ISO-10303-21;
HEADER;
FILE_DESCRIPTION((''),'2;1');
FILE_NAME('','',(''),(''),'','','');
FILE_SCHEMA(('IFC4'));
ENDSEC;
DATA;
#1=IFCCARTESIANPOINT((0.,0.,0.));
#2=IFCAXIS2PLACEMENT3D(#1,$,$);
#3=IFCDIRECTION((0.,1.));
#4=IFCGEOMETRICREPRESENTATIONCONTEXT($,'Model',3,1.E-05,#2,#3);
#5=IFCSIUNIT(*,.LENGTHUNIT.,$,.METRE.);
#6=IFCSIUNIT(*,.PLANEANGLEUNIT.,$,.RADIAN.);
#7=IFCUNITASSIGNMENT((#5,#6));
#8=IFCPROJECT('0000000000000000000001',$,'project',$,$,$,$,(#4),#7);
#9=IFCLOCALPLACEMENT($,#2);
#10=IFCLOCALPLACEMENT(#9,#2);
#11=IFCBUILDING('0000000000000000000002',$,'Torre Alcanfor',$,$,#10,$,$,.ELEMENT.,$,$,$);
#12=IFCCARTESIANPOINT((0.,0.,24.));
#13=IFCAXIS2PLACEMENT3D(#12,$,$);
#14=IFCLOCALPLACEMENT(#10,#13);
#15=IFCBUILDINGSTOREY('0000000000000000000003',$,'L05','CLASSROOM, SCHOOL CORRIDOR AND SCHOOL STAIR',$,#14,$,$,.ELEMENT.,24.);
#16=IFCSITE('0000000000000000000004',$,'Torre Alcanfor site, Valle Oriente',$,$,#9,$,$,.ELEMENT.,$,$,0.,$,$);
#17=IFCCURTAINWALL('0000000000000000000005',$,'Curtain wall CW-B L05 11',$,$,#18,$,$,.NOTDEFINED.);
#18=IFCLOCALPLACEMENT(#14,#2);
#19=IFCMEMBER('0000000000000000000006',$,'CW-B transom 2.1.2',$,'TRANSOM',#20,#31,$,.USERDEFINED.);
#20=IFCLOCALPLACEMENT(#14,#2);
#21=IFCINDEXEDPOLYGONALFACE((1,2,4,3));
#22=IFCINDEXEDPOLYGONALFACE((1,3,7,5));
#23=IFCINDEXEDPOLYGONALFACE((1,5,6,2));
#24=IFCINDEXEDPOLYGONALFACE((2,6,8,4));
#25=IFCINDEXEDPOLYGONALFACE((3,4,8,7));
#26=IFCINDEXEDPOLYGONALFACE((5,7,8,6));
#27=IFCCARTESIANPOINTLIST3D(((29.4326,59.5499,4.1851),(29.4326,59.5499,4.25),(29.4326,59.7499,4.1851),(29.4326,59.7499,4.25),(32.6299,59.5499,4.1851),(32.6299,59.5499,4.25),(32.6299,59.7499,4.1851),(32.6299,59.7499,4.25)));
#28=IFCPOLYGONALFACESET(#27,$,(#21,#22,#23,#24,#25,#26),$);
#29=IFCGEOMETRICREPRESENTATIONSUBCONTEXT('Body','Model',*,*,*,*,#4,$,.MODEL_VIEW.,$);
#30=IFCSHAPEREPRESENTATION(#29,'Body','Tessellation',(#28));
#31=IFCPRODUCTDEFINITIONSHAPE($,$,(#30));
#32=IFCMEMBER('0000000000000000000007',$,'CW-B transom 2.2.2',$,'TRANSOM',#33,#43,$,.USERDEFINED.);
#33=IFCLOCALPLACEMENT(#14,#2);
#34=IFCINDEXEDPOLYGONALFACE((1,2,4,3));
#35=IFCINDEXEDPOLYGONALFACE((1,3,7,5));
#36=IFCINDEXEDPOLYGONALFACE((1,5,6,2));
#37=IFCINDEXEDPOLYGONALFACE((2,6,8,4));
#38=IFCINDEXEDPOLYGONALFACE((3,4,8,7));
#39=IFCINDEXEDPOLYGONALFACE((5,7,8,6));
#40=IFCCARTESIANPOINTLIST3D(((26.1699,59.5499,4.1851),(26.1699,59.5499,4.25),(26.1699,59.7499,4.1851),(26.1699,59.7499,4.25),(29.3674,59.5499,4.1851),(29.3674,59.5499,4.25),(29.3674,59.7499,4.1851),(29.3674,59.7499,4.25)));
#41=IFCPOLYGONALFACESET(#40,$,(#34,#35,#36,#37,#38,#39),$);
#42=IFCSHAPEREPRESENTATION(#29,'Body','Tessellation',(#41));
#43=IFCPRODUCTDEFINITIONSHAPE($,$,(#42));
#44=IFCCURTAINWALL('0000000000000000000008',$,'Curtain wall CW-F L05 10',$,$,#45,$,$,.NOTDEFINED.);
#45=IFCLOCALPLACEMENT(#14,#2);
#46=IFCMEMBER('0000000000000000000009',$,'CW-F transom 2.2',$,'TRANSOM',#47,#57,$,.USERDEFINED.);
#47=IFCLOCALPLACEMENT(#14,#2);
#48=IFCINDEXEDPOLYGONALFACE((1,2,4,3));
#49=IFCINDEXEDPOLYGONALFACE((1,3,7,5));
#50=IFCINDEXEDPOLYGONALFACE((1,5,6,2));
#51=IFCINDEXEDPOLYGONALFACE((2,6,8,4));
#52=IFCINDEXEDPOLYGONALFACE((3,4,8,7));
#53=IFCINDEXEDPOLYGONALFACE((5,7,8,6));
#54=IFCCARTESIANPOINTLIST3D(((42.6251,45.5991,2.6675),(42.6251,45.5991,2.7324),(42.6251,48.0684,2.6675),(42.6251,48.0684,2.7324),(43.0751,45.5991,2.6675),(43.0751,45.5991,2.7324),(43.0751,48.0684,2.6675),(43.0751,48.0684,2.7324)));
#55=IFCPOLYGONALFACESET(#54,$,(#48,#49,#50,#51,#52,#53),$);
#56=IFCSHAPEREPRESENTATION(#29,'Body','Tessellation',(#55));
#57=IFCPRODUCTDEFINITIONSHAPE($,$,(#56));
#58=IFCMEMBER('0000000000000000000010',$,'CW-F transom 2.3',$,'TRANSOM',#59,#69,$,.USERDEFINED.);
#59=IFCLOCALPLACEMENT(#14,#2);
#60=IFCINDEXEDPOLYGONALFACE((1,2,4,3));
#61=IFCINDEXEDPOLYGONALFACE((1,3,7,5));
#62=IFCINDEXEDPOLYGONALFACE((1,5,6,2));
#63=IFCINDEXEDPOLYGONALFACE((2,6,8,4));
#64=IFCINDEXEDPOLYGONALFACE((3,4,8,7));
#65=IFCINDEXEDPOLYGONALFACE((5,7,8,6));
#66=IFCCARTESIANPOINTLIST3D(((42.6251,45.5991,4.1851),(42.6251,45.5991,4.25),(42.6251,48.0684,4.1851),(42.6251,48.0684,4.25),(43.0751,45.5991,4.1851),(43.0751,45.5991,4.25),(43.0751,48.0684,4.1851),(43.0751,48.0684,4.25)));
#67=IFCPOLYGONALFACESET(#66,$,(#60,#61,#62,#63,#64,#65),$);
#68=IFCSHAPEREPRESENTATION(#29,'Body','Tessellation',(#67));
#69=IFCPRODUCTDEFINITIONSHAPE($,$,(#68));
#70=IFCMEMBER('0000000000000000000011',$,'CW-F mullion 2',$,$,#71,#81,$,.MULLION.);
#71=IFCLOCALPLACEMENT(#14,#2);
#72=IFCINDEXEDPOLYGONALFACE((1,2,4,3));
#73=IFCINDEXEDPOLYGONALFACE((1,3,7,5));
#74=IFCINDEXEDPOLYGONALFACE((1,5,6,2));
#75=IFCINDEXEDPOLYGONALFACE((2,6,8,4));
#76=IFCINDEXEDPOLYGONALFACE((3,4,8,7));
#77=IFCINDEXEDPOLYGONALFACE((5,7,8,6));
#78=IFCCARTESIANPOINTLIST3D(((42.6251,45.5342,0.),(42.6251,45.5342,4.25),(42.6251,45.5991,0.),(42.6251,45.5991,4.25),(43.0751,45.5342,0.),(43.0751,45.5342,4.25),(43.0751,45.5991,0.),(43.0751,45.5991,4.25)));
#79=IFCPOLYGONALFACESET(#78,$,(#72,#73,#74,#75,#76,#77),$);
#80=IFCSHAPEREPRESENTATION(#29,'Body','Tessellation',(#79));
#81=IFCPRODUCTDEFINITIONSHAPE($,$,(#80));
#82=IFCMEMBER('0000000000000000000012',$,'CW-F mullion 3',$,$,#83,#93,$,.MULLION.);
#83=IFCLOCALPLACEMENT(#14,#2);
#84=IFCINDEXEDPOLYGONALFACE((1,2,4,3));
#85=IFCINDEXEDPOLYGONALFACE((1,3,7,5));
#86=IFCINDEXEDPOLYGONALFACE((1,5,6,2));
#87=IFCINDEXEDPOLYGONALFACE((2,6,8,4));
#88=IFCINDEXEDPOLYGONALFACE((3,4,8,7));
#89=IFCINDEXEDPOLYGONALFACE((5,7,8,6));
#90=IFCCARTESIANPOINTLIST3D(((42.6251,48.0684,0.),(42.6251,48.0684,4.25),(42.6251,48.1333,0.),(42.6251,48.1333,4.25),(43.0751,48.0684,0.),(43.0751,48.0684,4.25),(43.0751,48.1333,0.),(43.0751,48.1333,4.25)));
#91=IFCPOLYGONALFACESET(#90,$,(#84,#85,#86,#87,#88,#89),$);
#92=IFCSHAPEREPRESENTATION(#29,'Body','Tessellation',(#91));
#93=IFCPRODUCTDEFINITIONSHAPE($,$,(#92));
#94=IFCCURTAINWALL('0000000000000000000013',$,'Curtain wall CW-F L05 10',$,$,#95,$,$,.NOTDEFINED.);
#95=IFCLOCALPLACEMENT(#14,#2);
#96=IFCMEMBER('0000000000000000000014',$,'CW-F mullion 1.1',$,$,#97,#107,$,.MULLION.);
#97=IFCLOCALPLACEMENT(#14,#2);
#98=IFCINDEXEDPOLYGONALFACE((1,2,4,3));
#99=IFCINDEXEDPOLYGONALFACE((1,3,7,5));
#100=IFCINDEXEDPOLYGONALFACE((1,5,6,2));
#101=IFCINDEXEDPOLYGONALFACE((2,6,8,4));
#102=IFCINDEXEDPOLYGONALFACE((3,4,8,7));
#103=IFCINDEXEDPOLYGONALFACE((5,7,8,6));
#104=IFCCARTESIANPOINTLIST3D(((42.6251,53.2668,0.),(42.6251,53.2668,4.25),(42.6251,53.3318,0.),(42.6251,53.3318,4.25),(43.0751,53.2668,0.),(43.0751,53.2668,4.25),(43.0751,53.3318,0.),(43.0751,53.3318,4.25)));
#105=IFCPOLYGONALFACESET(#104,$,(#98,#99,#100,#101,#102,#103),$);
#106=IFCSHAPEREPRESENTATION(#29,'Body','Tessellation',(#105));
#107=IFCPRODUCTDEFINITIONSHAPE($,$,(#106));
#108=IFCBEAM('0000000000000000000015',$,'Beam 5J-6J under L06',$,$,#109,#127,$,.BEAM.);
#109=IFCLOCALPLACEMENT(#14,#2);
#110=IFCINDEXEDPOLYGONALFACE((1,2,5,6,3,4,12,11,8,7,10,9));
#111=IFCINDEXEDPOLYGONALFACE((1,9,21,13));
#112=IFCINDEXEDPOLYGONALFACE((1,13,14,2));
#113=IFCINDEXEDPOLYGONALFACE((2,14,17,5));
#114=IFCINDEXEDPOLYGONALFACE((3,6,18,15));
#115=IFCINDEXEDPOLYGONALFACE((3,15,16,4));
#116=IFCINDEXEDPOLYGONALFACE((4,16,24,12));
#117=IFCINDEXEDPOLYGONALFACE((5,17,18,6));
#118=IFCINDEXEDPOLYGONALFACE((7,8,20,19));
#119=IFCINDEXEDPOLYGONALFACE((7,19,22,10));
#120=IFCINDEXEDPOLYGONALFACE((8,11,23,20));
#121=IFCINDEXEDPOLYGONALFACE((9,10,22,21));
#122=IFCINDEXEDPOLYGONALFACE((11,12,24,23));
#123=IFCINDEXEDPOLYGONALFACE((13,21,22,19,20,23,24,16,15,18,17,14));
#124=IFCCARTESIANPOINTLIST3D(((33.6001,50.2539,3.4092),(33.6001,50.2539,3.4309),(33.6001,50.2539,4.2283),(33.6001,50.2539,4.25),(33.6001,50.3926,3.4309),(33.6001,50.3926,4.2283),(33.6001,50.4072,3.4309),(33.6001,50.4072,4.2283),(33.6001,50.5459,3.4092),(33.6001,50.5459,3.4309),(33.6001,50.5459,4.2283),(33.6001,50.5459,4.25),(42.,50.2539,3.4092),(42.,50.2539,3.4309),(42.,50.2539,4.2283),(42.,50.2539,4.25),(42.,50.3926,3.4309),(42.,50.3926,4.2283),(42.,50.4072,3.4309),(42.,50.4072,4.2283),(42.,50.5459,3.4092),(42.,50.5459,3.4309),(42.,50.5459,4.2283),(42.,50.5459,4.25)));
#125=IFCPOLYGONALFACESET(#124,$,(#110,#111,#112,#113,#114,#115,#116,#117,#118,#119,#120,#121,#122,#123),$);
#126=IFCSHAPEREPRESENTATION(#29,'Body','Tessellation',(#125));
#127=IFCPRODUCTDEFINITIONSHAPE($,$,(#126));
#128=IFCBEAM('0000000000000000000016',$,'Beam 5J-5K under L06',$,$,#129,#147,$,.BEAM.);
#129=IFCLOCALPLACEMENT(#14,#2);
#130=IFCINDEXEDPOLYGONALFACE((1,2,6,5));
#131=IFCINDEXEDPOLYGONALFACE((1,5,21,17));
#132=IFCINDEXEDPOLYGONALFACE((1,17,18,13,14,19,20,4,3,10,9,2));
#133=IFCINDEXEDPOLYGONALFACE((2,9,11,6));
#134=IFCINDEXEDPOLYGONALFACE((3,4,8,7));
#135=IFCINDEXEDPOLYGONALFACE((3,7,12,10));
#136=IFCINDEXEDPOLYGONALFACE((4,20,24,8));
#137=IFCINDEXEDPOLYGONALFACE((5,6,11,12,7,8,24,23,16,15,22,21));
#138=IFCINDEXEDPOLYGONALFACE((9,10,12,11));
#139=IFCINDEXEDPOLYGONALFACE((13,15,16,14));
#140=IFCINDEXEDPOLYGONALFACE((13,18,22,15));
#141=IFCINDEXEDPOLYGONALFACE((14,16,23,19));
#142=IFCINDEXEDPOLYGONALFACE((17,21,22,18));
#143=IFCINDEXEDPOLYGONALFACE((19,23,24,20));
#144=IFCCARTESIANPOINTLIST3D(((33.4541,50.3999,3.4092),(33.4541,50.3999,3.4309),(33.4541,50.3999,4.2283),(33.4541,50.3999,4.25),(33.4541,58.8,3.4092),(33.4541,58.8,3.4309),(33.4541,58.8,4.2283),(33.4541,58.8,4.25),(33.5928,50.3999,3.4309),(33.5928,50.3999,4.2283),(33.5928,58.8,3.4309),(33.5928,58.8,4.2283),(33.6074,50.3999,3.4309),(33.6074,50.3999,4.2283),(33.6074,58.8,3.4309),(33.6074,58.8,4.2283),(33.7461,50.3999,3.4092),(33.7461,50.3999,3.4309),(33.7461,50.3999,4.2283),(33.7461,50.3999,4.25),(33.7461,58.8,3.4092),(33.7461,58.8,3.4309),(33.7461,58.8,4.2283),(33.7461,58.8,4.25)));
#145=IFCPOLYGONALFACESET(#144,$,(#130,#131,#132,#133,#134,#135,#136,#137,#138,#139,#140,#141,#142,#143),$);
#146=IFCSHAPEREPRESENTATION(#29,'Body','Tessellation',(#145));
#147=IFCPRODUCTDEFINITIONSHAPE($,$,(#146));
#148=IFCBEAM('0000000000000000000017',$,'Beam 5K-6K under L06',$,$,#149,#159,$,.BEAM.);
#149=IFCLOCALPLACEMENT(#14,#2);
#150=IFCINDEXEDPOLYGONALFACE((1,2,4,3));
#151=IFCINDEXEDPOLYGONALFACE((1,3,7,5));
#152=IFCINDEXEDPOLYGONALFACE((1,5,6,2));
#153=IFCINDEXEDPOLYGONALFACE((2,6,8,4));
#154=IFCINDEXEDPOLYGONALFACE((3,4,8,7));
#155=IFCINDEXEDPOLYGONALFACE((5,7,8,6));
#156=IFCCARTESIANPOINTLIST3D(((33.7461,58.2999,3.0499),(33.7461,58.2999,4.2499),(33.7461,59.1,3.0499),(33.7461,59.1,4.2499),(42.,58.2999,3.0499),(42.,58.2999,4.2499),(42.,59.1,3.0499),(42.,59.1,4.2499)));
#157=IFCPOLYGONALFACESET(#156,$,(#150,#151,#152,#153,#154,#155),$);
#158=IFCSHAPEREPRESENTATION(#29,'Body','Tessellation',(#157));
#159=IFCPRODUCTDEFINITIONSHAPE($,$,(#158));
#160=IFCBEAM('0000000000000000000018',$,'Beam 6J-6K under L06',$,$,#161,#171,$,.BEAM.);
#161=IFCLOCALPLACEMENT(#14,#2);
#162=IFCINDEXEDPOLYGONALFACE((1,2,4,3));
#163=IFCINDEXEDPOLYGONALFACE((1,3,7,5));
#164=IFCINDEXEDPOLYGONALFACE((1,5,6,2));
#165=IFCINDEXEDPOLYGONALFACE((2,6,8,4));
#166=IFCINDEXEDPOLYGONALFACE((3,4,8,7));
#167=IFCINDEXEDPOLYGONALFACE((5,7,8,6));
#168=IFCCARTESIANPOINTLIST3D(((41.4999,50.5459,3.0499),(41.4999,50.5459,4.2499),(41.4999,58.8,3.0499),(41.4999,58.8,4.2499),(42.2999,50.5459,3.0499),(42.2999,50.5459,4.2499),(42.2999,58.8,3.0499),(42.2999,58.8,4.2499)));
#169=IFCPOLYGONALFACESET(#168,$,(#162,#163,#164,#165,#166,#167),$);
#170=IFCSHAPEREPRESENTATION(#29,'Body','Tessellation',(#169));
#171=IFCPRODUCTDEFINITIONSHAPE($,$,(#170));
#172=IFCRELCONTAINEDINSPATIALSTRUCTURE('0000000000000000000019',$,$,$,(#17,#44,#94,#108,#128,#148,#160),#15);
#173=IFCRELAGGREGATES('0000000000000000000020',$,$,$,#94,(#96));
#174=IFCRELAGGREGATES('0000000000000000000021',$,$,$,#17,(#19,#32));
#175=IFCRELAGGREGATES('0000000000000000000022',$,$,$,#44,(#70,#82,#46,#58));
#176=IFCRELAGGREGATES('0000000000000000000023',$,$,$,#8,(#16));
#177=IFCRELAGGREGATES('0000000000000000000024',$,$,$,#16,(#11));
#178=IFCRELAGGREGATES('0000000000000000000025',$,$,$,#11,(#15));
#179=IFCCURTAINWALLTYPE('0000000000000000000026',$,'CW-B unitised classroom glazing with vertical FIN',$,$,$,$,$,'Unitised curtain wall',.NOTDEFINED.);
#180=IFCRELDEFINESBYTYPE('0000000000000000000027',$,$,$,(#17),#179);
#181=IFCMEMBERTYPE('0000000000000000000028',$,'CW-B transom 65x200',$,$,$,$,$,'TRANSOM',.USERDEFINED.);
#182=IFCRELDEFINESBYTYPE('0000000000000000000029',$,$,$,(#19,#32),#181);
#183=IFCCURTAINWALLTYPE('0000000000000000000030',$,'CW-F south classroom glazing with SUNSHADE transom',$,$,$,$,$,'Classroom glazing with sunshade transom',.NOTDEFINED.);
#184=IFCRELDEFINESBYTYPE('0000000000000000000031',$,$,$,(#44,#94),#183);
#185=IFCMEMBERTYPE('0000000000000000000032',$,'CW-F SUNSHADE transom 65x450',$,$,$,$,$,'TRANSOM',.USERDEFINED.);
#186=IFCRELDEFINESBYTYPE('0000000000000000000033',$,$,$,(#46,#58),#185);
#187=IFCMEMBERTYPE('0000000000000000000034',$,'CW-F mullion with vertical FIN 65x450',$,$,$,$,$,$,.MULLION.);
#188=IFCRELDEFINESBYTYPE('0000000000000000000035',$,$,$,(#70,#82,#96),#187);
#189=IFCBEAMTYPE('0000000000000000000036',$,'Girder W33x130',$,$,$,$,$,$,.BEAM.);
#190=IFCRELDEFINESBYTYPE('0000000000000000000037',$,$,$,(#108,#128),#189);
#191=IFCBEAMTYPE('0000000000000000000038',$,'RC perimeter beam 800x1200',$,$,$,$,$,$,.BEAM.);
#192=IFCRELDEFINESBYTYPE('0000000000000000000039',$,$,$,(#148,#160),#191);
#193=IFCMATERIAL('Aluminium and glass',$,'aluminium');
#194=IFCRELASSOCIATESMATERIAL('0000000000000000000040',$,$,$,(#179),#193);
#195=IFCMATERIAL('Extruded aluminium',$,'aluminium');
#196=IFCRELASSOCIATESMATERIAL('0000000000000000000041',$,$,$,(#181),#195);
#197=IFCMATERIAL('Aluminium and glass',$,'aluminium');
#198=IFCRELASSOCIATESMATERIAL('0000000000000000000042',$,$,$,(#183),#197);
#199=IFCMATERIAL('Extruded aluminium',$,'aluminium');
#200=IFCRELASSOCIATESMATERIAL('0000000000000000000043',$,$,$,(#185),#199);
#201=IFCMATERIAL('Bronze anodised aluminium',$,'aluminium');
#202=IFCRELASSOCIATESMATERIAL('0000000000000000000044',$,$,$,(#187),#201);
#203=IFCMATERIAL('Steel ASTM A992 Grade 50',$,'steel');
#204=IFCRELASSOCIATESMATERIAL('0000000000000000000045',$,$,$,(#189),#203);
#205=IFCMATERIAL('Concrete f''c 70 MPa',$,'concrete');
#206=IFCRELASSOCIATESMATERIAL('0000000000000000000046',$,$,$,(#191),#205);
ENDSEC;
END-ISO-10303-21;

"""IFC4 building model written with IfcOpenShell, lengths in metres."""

from ifc_helpers import new_model, si_unit, direction, frame, origin, origin_2d, place, context, subcontext, project, spatial, rectangle, i_section, extrude, material, material_profile, profile_set, type_object, element, aggregate, save


model = new_model("IFC4")

# Units and contexts
model_context = context("Model", 3, precision=1e-05, world=origin(), true_north=direction((0.0, 1.0)))
body_context = subcontext(model_context, "Body", "Model", "MODEL_VIEW")
ifc_project = project(units=[si_unit("LENGTHUNIT", "METRE"), si_unit("PLANEANGLEUNIT", "RADIAN")], contexts=[model_context])

# Site, building, storey
site_placement = place(None, origin())
site = spatial("IfcSite", under=ifc_project, at=site_placement, Name="Torre Alcanfor site, Valle Oriente", CompositionType="ELEMENT", RefElevation=0.0)
building_placement = place(site_placement, origin())
building = spatial("IfcBuilding", under=site, at=building_placement, Name="Torre Alcanfor", CompositionType="ELEMENT")
storey_placement = place(building_placement, frame((0.0, 0.0, 24.0)))
storey = spatial("IfcBuildingStorey", under=building, at=storey_placement, Name="L05", Description="CLASSROOM, SCHOOL CORRIDOR AND SCHOOL STAIR", CompositionType="ELEMENT", Elevation=24.0)

# Curtain walls, members
ifc_material_1 = material(Name="Aluminium and glass", Category="aluminium")
curtain_wall_type_1 = type_object("IfcCurtainWallType", Name="CW-B unitised classroom glazing with vertical FIN", ElementType="Unitised curtain wall", PredefinedType="NOTDEFINED", material=ifc_material_1)
curtain_wall_1_placement = place(storey_placement, origin())
curtain_wall_1 = element("IfcCurtainWall", 1, at=curtain_wall_1_placement, inside=storey, type_object=curtain_wall_type_1, Name="Curtain wall CW-B L05 11", PredefinedType="NOTDEFINED")
ifc_material_2 = material(Name="Extruded aluminium", Category="aluminium")
ifc_material_profile_1 = material_profile(ifc_material_2, rectangle(XDim=0.2, YDim=0.0649, at=origin_2d()), Name="CW-B transom 200x65")
ifc_profile_set_1 = profile_set([ifc_material_profile_1], Name="Extruded aluminium")
member_type_1 = type_object("IfcMemberType", Name="CW-B transom 65x200", ElementType="TRANSOM", PredefinedType="USERDEFINED", material=ifc_profile_set_1)
member_1_placement = place(storey_placement, frame((32.6299, 59.6499, 4.2175), z_axis=(-1.0, 0.0, 0.0), x_axis=(0.0, -1.0, 0.0)))
member_1 = element("IfcMember", 2, at=member_1_placement, type_object=member_type_1, Name="CW-B transom 2.1.2", ObjectType="TRANSOM", PredefinedType="USERDEFINED", context=body_context, shape_type="SweptSolid", body=[
    extrude(rectangle(XDim=0.2, YDim=0.0649, at=origin_2d()), origin(), (0.0, 0.0, 1.0), 3.1973),
])
member_2_placement = place(storey_placement, frame((29.3674, 59.6499, 4.2175), z_axis=(-1.0, 0.0, 0.0), x_axis=(0.0, -1.0, 0.0)))
member_2 = element("IfcMember", 3, at=member_2_placement, type_object=member_type_1, Name="CW-B transom 2.2.2", ObjectType="TRANSOM", PredefinedType="USERDEFINED", context=body_context, shape_type="SweptSolid", body=[
    extrude(rectangle(XDim=0.2, YDim=0.0649, at=origin_2d()), origin(), (0.0, 0.0, 1.0), 3.1975),
])
ifc_material_3 = material(Name="Aluminium and glass", Category="aluminium")
curtain_wall_type_2 = type_object("IfcCurtainWallType", Name="CW-F south classroom glazing with SUNSHADE transom", ElementType="Classroom glazing with sunshade transom", PredefinedType="NOTDEFINED", material=ifc_material_3)
curtain_wall_2_placement = place(storey_placement, origin())
curtain_wall_2 = element("IfcCurtainWall", 4, at=curtain_wall_2_placement, inside=storey, type_object=curtain_wall_type_2, Name="Curtain wall CW-F L05 10", PredefinedType="NOTDEFINED")
ifc_material_4 = material(Name="Extruded aluminium", Category="aluminium")
ifc_material_profile_2 = material_profile(ifc_material_4, rectangle(XDim=0.45, YDim=0.0649, at=origin_2d()), Name="CW-F transom 450x65")
ifc_profile_set_2 = profile_set([ifc_material_profile_2], Name="Extruded aluminium")
member_type_2 = type_object("IfcMemberType", Name="CW-F SUNSHADE transom 65x450", ElementType="TRANSOM", PredefinedType="USERDEFINED", material=ifc_profile_set_2)
member_3_placement = place(storey_placement, frame((42.8501, 45.5991, 2.7), z_axis=(0.0, 1.0, 0.0), x_axis=(-1.0, 0.0, 0.0)))
member_3 = element("IfcMember", 5, at=member_3_placement, type_object=member_type_2, Name="CW-F transom 2.2", ObjectType="TRANSOM", PredefinedType="USERDEFINED", context=body_context, shape_type="SweptSolid", body=[
    extrude(rectangle(XDim=0.45, YDim=0.0649, at=origin_2d()), origin(), (0.0, 0.0, 1.0), 2.4692),
])
member_4_placement = place(storey_placement, frame((42.8501, 45.5991, 4.2175), z_axis=(0.0, 1.0, 0.0), x_axis=(-1.0, 0.0, 0.0)))
member_4 = element("IfcMember", 6, at=member_4_placement, type_object=member_type_2, Name="CW-F transom 2.3", ObjectType="TRANSOM", PredefinedType="USERDEFINED", context=body_context, shape_type="SweptSolid", body=[
    extrude(rectangle(XDim=0.45, YDim=0.0649, at=origin_2d()), origin(), (0.0, 0.0, 1.0), 2.4692),
])
ifc_material_5 = material(Name="Bronze anodised aluminium", Category="aluminium")
ifc_material_profile_3 = material_profile(ifc_material_5, rectangle(XDim=0.45, YDim=0.0649, at=origin_2d()), Name="CW-F mullion 65x450")
ifc_profile_set_3 = profile_set([ifc_material_profile_3], Name="Bronze anodised aluminium")
member_type_3 = type_object("IfcMemberType", Name="CW-F mullion with vertical FIN 65x450", PredefinedType="MULLION", material=ifc_profile_set_3)
member_5_placement = place(storey_placement, frame((42.8501, 45.5667, 0.0), z_axis=(0.0, 0.0, 1.0), x_axis=(-1.0, 0.0, 0.0)))
member_5 = element("IfcMember", 7, at=member_5_placement, type_object=member_type_3, Name="CW-F mullion 2", PredefinedType="MULLION", context=body_context, shape_type="SweptSolid", body=[
    extrude(rectangle(XDim=0.45, YDim=0.0649, at=origin_2d()), origin(), (0.0, 0.0, 1.0), 4.25),
])
member_6_placement = place(storey_placement, frame((42.8501, 48.1008, 0.0), z_axis=(0.0, 0.0, 1.0), x_axis=(-1.0, 0.0, 0.0)))
member_6 = element("IfcMember", 8, at=member_6_placement, type_object=member_type_3, Name="CW-F mullion 3", PredefinedType="MULLION", context=body_context, shape_type="SweptSolid", body=[
    extrude(rectangle(XDim=0.45, YDim=0.0649, at=origin_2d()), origin(), (0.0, 0.0, 1.0), 4.25),
])

# Curtain wall, member
curtain_wall_3_placement = place(storey_placement, origin())
curtain_wall_3 = element("IfcCurtainWall", 9, at=curtain_wall_3_placement, inside=storey, type_object=curtain_wall_type_2, Name="Curtain wall CW-F L05 10", PredefinedType="NOTDEFINED")
member_7_placement = place(storey_placement, frame((42.8501, 53.2993, 0.0), z_axis=(0.0, 0.0, 1.0), x_axis=(-1.0, 0.0, 0.0)))
member_7 = element("IfcMember", 10, at=member_7_placement, type_object=member_type_3, Name="CW-F mullion 1.1", PredefinedType="MULLION", context=body_context, shape_type="SweptSolid", body=[
    extrude(rectangle(XDim=0.45, YDim=0.0649, at=origin_2d()), origin(), (0.0, 0.0, 1.0), 4.25),
])
aggregate(curtain_wall_3, [member_7])

# Beams
ifc_material_6 = material(Name="Steel ASTM A992 Grade 50", Category="steel")
ifc_material_profile_4 = material_profile(ifc_material_6, i_section(OverallWidth=0.292, OverallDepth=0.8408, WebThickness=0.0146, FlangeThickness=0.0217, at=origin_2d()), Name="W33x130")
ifc_profile_set_4 = profile_set([ifc_material_profile_4], Name="Steel ASTM A992 Grade 50")
beam_type_1 = type_object("IfcBeamType", Name="Girder W33x130", PredefinedType="BEAM", material=ifc_profile_set_4)
beam_1_placement = place(storey_placement, frame((33.6001, 50.3999, 3.8296), z_axis=(1.0, 0.0, 0.0), x_axis=(0.0, 1.0, 0.0)))
element("IfcBeam", 11, at=beam_1_placement, inside=storey, type_object=beam_type_1, Name="Beam 5J-6J under L06", PredefinedType="BEAM", context=body_context, shape_type="SweptSolid", body=[
    extrude(i_section(OverallWidth=0.292, OverallDepth=0.8408, WebThickness=0.0146, FlangeThickness=0.0217, at=origin_2d()), origin(), (0.0, 0.0, 1.0), 8.3999),
])
beam_2_placement = place(storey_placement, frame((33.6001, 50.3999, 3.8296), z_axis=(0.0, 1.0, 0.0), x_axis=(-1.0, 0.0, 0.0)))
element("IfcBeam", 12, at=beam_2_placement, inside=storey, type_object=beam_type_1, Name="Beam 5J-5K under L06", PredefinedType="BEAM", context=body_context, shape_type="SweptSolid", body=[
    extrude(i_section(OverallWidth=0.292, OverallDepth=0.8408, WebThickness=0.0146, FlangeThickness=0.0217, at=origin_2d()), origin(), (0.0, 0.0, 1.0), 8.4001),
])
ifc_material_7 = material(Name="Concrete f'c 70 MPa", Category="concrete")
ifc_material_profile_5 = material_profile(ifc_material_7, rectangle(XDim=0.8, YDim=1.2, at=origin_2d()), Name="800x1200")
ifc_profile_set_5 = profile_set([ifc_material_profile_5], Name="Concrete f'c 70 MPa")
beam_type_2 = type_object("IfcBeamType", Name="RC perimeter beam 800x1200", PredefinedType="BEAM", material=ifc_profile_set_5)
beam_3_placement = place(storey_placement, frame((33.7461, 58.7, 3.6499), z_axis=(1.0, 0.0, 0.0), x_axis=(0.0, 1.0, 0.0)))
element("IfcBeam", 13, at=beam_3_placement, inside=storey, type_object=beam_type_2, Name="Beam 5K-6K under L06", PredefinedType="BEAM", context=body_context, shape_type="SweptSolid", body=[
    extrude(rectangle(XDim=0.8, YDim=1.2, at=origin_2d()), origin(), (0.0, 0.0, 1.0), 8.2539),
])
beam_4_placement = place(storey_placement, frame((41.8999, 50.5459, 3.6499), z_axis=(0.0, 1.0, 0.0), x_axis=(-1.0, 0.0, 0.0)))
element("IfcBeam", 14, at=beam_4_placement, inside=storey, type_object=beam_type_2, Name="Beam 6J-6K under L06", PredefinedType="BEAM", context=body_context, shape_type="SweptSolid", body=[
    extrude(rectangle(XDim=0.8, YDim=1.2, at=origin_2d()), origin(), (0.0, 0.0, 1.0), 8.2542),
])

aggregate(curtain_wall_1, [member_1, member_2])
aggregate(curtain_wall_2, [member_5, member_6, member_3, member_4])

save(model, "model.ifc")
